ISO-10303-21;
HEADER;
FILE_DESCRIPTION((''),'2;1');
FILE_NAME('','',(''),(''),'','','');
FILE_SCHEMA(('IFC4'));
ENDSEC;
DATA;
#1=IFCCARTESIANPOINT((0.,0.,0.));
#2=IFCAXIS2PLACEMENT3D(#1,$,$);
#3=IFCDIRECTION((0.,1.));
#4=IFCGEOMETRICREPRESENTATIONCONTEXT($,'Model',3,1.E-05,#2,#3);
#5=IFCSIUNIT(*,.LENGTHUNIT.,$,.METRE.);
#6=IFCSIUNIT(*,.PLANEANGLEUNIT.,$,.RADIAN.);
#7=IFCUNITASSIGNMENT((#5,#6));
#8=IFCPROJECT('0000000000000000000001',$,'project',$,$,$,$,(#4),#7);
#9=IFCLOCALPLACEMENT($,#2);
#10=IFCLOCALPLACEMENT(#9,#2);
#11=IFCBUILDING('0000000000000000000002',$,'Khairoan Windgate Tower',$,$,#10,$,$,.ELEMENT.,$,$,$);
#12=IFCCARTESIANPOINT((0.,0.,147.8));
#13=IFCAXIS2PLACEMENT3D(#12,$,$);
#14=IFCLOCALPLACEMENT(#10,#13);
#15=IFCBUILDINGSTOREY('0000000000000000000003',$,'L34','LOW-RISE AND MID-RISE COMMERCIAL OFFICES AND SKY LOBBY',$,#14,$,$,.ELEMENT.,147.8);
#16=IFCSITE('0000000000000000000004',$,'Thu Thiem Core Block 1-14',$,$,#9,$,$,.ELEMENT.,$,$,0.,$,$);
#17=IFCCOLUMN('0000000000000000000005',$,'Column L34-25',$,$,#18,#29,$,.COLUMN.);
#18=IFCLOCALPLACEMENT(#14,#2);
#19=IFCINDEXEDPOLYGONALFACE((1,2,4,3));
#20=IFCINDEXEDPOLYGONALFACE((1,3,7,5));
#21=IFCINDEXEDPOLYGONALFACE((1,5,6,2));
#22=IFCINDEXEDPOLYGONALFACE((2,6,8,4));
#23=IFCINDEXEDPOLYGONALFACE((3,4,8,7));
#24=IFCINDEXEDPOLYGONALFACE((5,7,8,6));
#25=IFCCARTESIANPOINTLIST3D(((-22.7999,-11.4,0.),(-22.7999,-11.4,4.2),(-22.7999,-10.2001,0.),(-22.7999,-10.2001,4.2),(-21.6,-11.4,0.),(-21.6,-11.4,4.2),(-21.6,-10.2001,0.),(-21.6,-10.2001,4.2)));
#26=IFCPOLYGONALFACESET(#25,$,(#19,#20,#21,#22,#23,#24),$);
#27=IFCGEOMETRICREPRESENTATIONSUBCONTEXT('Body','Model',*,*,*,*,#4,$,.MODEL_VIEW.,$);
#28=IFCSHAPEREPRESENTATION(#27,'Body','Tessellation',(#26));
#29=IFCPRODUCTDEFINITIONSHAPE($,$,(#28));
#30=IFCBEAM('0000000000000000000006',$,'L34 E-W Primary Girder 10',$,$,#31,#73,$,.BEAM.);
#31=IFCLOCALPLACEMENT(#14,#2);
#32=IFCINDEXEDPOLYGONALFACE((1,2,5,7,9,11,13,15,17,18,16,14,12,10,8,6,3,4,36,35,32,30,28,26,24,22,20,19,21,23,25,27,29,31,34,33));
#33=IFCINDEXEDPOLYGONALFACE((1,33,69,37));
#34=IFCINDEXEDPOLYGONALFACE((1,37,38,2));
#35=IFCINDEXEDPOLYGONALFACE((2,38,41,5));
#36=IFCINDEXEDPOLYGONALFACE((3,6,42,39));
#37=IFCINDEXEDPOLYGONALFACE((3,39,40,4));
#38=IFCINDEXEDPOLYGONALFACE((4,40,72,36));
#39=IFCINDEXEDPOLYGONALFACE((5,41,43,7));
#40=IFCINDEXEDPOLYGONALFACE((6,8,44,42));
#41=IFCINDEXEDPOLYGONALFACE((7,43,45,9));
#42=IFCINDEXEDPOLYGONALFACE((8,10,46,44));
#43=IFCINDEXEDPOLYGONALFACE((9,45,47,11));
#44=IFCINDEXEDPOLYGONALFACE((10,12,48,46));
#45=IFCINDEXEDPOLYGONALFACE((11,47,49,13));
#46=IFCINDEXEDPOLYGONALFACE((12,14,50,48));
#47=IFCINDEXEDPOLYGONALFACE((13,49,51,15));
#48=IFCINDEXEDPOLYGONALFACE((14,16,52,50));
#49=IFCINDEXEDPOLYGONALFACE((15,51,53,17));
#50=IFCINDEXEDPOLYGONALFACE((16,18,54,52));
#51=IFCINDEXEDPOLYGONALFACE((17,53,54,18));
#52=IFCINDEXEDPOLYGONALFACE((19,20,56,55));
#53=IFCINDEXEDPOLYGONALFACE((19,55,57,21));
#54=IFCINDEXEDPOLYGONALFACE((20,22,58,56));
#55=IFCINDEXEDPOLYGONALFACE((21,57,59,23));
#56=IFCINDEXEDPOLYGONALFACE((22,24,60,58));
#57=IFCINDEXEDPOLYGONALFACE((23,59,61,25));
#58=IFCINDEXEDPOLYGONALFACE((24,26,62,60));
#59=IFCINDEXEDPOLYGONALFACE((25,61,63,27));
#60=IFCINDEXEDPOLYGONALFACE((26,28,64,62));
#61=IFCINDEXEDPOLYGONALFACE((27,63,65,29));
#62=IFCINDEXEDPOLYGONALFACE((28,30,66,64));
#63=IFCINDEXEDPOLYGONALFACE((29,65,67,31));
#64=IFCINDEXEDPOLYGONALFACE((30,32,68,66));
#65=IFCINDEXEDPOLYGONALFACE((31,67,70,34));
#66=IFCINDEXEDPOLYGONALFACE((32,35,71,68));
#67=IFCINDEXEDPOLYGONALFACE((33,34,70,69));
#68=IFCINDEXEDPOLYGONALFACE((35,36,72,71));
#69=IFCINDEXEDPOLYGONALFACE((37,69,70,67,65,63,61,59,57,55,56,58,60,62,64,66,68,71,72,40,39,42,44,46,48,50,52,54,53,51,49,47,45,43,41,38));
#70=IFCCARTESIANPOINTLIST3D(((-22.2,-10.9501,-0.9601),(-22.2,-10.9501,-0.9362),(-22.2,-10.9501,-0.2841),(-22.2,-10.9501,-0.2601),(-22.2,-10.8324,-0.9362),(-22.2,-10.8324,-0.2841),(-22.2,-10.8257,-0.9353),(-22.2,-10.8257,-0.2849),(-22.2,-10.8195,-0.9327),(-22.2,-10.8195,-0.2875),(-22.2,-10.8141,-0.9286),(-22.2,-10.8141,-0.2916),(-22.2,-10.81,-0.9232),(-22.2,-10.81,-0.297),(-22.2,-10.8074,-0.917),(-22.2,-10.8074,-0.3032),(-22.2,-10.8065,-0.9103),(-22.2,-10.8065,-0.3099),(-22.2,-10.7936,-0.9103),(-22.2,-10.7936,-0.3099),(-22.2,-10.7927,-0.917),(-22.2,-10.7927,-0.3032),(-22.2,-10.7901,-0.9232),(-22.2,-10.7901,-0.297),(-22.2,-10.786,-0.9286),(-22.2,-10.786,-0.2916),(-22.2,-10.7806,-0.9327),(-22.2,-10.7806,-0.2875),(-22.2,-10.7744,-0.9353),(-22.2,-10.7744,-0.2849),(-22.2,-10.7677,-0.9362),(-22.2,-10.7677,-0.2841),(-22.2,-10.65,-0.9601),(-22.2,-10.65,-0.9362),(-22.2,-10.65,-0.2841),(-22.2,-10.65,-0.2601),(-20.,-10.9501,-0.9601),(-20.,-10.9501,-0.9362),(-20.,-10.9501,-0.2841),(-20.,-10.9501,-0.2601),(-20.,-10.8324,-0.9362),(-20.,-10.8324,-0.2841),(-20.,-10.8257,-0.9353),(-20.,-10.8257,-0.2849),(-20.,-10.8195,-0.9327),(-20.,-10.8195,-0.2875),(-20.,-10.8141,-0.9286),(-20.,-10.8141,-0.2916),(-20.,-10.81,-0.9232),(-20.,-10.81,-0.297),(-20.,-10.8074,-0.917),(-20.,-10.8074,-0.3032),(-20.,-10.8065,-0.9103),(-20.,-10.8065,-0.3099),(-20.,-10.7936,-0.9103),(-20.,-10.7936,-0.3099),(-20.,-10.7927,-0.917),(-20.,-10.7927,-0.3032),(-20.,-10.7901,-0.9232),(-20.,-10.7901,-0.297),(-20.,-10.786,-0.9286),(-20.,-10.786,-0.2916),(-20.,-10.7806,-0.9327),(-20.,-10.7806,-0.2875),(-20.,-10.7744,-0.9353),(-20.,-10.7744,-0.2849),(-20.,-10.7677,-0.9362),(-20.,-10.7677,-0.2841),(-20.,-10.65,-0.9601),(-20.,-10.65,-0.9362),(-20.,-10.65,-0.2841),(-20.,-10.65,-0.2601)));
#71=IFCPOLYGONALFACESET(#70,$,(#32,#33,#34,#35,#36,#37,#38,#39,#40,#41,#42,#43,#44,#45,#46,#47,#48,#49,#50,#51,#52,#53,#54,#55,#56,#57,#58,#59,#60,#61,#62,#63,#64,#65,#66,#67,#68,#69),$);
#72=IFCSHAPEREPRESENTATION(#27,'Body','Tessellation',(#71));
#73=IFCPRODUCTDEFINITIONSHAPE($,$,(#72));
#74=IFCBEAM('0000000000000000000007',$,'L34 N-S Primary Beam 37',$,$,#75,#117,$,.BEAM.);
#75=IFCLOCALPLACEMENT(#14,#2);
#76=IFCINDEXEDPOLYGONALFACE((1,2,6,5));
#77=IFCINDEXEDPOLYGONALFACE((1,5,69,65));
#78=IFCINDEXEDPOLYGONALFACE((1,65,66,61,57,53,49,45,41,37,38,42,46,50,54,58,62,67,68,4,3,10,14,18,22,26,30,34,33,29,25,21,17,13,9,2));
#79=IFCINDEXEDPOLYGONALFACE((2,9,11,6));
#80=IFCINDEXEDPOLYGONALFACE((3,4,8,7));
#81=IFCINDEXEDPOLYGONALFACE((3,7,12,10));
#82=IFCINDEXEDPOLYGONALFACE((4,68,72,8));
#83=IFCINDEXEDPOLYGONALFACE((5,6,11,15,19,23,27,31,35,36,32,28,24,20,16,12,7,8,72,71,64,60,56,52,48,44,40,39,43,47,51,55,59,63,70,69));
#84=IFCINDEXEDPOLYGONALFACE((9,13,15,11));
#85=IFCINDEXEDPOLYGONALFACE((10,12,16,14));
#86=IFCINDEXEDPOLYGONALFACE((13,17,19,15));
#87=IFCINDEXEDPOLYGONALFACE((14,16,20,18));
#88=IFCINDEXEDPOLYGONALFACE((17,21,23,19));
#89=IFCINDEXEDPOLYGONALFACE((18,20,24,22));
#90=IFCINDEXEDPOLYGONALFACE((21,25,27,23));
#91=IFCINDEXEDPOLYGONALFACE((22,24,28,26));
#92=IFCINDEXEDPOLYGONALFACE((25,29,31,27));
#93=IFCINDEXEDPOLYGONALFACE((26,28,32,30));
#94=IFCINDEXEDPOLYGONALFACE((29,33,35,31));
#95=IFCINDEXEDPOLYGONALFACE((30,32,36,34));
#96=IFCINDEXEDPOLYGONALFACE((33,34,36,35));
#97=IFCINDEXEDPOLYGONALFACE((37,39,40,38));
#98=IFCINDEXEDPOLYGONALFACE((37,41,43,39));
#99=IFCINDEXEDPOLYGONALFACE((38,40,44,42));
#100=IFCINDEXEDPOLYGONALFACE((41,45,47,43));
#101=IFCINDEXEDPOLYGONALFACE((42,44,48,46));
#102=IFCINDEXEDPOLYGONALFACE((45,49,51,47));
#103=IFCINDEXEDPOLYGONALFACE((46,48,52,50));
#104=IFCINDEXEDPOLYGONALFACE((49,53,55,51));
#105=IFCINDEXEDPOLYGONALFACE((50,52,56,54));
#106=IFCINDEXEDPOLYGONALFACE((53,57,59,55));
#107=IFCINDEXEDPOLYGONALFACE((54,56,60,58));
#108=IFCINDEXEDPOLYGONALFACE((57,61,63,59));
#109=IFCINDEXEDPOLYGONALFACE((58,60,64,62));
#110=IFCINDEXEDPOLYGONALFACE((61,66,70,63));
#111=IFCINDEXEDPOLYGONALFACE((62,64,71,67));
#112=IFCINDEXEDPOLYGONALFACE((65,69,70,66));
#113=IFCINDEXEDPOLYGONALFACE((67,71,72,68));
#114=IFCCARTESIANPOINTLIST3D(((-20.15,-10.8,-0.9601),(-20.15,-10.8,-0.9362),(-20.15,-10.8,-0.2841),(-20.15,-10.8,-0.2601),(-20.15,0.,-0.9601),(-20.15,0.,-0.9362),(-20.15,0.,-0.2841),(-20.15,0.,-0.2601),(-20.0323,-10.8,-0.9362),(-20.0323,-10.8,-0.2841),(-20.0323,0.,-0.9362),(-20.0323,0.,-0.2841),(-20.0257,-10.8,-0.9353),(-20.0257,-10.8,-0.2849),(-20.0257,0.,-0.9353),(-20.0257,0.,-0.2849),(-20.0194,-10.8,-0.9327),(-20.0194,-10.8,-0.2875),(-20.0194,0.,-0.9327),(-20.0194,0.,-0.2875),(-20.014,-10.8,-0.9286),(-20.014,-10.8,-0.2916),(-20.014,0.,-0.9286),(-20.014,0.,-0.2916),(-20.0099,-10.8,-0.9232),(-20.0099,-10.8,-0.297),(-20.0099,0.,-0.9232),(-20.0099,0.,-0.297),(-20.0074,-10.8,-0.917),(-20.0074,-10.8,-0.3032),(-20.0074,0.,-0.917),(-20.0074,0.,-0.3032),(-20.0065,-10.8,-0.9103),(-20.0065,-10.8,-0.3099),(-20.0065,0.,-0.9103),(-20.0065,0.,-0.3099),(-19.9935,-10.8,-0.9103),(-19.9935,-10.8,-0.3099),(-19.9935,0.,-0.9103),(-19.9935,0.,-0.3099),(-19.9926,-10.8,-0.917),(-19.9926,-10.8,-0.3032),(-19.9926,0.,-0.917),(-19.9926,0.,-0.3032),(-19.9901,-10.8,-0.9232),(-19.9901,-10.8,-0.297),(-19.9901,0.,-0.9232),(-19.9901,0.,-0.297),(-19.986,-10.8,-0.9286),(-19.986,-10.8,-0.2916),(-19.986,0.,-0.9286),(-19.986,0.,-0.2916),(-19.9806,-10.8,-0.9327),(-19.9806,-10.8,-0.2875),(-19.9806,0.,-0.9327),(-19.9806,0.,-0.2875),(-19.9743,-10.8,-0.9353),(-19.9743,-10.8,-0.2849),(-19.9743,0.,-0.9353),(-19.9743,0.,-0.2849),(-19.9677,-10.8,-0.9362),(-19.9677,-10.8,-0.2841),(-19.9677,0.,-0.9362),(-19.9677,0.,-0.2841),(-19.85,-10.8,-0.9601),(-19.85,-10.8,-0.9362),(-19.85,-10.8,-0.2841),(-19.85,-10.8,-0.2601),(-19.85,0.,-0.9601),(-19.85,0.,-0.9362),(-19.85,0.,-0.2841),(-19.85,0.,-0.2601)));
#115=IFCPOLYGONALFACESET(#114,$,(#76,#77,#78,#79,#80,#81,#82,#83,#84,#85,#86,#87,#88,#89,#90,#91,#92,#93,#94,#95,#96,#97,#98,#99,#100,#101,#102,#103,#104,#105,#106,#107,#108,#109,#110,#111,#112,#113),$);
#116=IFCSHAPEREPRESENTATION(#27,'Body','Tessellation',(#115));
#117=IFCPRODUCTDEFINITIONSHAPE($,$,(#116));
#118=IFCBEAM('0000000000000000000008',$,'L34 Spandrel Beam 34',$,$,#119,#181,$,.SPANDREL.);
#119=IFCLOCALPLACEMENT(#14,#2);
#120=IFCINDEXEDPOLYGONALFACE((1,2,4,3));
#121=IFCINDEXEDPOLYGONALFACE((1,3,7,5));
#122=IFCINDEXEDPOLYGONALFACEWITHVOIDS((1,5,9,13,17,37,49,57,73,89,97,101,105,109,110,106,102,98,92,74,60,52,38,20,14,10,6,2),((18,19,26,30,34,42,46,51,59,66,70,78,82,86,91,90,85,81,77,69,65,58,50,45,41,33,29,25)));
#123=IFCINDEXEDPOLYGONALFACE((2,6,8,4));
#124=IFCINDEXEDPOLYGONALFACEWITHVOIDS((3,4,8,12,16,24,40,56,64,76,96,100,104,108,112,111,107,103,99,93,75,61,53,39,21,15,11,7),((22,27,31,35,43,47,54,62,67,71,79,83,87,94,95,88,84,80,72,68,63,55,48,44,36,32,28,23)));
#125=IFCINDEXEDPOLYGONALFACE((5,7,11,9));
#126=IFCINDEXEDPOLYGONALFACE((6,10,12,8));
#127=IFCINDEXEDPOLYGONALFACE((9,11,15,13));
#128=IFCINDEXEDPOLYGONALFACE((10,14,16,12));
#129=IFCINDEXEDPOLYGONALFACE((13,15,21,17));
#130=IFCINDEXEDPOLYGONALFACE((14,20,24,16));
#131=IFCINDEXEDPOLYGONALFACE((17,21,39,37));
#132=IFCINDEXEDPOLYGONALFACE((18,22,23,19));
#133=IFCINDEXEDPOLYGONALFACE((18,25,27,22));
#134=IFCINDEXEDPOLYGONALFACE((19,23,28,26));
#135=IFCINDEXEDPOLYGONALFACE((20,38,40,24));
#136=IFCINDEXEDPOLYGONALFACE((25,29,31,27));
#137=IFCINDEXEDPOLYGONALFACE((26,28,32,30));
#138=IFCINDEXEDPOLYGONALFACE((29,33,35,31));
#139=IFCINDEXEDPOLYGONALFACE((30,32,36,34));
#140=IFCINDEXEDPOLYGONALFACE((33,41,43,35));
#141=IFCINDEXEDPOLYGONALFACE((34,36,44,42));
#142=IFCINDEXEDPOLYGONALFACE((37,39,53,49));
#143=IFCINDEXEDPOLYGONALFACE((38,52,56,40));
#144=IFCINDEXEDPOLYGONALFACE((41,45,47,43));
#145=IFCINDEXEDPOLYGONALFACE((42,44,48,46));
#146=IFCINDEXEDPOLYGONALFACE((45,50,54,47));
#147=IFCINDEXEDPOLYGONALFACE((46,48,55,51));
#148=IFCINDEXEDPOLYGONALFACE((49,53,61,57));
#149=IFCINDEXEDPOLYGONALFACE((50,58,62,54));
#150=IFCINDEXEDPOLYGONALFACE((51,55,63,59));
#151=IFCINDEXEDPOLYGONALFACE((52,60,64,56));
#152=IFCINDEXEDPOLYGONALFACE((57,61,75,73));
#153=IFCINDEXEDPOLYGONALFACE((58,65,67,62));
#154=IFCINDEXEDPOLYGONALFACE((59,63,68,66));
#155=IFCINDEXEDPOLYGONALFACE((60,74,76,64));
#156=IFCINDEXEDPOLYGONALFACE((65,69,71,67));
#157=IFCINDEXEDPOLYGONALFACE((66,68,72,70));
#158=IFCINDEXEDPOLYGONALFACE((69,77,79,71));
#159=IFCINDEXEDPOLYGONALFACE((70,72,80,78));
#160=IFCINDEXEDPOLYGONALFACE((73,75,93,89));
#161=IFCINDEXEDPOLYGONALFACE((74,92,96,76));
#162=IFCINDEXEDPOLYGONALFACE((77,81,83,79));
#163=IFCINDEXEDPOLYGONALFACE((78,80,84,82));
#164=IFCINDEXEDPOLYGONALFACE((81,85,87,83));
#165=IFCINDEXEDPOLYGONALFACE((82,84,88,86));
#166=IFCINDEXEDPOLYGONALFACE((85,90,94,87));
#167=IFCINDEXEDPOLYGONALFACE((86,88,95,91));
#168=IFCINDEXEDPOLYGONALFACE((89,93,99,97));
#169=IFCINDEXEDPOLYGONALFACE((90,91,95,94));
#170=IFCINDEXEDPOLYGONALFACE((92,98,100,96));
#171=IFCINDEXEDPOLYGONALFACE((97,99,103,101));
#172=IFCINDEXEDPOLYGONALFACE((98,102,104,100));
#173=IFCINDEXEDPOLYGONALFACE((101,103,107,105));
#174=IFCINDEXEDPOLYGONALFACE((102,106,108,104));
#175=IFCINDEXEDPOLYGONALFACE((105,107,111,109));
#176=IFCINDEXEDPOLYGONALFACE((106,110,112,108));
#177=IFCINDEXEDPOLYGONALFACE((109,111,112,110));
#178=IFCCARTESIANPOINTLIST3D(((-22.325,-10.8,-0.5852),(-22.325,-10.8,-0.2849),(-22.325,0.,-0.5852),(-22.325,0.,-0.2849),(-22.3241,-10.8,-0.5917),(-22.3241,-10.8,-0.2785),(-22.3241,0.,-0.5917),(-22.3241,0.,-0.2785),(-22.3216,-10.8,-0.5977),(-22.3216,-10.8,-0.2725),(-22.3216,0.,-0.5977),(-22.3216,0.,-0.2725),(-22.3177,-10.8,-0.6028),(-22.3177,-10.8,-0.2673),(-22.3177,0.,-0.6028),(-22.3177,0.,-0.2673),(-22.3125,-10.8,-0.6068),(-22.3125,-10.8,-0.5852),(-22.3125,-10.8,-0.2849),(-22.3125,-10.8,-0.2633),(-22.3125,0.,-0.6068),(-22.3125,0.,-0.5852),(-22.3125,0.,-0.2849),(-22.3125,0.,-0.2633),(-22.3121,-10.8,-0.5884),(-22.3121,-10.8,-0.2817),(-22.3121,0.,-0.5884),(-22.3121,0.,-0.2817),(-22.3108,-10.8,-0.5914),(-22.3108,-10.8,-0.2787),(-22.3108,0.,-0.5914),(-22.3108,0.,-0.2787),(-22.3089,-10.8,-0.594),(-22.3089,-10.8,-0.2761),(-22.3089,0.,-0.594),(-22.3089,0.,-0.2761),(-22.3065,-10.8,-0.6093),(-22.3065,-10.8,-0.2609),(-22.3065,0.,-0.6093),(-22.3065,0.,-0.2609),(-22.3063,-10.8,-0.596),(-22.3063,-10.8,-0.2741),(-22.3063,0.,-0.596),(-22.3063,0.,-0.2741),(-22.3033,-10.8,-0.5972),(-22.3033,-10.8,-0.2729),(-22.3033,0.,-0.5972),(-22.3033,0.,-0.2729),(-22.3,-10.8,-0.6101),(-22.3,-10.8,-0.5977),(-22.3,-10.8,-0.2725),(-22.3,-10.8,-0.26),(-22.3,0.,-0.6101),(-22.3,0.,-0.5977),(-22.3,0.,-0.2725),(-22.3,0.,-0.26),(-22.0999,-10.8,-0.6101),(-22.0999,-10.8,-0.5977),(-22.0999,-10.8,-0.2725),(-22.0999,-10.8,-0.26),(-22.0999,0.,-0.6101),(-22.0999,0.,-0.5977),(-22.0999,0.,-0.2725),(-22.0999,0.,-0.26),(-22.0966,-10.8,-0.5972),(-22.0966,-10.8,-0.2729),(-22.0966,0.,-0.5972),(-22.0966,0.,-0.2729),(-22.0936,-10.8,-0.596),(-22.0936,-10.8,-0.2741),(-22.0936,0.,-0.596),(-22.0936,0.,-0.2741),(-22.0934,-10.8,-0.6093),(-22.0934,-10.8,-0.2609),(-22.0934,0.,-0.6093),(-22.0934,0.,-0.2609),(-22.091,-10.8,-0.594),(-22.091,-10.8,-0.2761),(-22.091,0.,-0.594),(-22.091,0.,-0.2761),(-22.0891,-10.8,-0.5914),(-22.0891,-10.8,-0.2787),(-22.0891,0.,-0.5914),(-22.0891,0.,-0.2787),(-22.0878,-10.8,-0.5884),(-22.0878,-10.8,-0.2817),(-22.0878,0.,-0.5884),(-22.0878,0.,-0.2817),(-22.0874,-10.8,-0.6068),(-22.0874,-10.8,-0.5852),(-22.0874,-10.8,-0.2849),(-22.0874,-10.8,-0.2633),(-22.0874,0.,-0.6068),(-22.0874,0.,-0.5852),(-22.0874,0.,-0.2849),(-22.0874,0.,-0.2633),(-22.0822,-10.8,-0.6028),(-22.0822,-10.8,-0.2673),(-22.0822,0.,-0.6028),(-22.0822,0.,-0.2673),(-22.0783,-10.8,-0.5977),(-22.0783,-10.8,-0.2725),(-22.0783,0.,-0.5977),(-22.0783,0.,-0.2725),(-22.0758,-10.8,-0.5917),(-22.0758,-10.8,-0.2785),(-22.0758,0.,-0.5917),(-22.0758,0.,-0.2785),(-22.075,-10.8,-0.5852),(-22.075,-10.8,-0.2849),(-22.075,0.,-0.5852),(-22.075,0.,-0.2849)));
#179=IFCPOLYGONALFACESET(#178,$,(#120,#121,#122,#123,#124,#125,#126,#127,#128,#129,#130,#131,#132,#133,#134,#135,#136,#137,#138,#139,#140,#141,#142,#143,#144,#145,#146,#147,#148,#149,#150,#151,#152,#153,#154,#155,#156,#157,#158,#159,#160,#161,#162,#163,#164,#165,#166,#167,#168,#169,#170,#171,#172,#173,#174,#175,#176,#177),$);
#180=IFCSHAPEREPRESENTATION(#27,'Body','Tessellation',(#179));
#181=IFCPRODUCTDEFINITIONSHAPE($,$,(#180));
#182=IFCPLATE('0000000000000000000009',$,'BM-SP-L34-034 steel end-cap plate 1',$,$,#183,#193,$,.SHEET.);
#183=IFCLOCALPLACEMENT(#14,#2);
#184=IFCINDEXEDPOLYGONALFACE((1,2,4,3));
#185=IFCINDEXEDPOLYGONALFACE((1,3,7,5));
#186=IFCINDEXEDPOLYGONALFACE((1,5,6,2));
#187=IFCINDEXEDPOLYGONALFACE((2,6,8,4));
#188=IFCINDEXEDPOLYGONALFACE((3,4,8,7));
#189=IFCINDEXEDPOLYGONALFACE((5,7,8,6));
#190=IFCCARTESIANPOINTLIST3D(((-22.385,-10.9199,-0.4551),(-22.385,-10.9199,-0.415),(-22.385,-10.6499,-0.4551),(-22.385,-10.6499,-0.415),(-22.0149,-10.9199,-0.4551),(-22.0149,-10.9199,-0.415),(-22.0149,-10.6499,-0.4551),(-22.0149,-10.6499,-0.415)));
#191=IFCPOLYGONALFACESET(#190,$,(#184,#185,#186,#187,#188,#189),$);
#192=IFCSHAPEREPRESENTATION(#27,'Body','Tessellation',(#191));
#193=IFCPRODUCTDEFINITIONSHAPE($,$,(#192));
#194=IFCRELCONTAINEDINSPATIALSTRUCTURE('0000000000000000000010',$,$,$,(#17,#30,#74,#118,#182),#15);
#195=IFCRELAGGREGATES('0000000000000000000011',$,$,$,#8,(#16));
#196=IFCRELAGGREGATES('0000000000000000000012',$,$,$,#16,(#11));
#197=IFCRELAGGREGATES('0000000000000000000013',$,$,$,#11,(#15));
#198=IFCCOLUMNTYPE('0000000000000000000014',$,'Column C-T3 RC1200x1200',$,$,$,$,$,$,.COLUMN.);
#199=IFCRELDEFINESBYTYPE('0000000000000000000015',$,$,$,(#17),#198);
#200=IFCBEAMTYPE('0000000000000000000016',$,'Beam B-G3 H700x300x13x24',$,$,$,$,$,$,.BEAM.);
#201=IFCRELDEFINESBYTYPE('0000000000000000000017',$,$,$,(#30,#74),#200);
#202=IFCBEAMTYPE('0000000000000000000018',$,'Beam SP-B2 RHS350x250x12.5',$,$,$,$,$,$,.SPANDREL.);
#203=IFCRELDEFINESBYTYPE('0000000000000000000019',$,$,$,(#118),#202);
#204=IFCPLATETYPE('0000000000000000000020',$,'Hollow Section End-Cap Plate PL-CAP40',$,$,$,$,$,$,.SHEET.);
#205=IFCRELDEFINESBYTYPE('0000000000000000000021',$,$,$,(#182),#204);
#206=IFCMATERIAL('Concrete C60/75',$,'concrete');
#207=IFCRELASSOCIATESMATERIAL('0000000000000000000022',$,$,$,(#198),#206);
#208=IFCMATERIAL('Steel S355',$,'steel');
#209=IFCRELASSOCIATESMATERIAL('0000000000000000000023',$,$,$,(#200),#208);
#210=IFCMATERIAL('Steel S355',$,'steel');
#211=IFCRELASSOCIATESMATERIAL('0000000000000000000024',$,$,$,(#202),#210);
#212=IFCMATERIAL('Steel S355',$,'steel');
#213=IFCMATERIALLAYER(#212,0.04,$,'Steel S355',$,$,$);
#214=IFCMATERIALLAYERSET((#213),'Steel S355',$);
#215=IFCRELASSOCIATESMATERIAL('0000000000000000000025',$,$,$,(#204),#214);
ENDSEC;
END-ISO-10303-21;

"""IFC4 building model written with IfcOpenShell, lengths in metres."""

from ifc_helpers import new_model, si_unit, direction, frame, origin, origin_2d, place, context, subcontext, project, spatial, rectangle, hollow_rectangle, i_section, extrude, material, layer, layer_set, material_profile, profile_set, type_object, element, save


model = new_model("IFC4")

# Units and contexts
model_context = context("Model", 3, precision=1e-05, world=origin(), true_north=direction((0.0, 1.0)))
body_context = subcontext(model_context, "Body", "Model", "MODEL_VIEW")
ifc_project = project(units=[si_unit("LENGTHUNIT", "METRE"), si_unit("PLANEANGLEUNIT", "RADIAN")], contexts=[model_context])

# Site, building, storey
site_placement = place(None, origin())
site = spatial("IfcSite", under=ifc_project, at=site_placement, Name="Thu Thiem Core Block 1-14", CompositionType="ELEMENT", RefElevation=0.0)
building_placement = place(site_placement, origin())
building = spatial("IfcBuilding", under=site, at=building_placement, Name="Khairoan Windgate Tower", CompositionType="ELEMENT")
storey_placement = place(building_placement, frame((0.0, 0.0, 147.8)))
storey = spatial("IfcBuildingStorey", under=building, at=storey_placement, Name="L34", Description="LOW-RISE AND MID-RISE COMMERCIAL OFFICES AND SKY LOBBY", CompositionType="ELEMENT", Elevation=147.8)

# Column
ifc_material_1 = material(Name="Concrete C60/75", Category="concrete")
ifc_material_profile_1 = material_profile(ifc_material_1, rectangle(XDim=1.2, YDim=1.2, at=origin_2d()))
ifc_profile_set_1 = profile_set([ifc_material_profile_1], Name="Concrete C60/75")
column_type = type_object("IfcColumnType", Name="Column C-T3 RC1200x1200", PredefinedType="COLUMN", material=ifc_profile_set_1)
column_placement = place(storey_placement, frame((-22.2, -10.8, 0.0), z_axis=(0.0, 0.0, 1.0), x_axis=(1.0, 0.0, 0.0)))
element("IfcColumn", 1, at=column_placement, inside=storey, type_object=column_type, Name="Column L34-25", PredefinedType="COLUMN", context=body_context, shape_type="SweptSolid", body=[
    extrude(rectangle(XDim=1.2, YDim=1.2, at=origin_2d()), origin(), (0.0, 0.0, 1.0), 4.2),
])

# Beams
ifc_material_2 = material(Name="Steel S355", Category="steel")
ifc_material_profile_2 = material_profile(ifc_material_2, i_section(OverallWidth=0.3, OverallDepth=0.7, WebThickness=0.0129, FlangeThickness=0.0239, FilletRadius=0.0259, at=origin_2d()))
ifc_profile_set_2 = profile_set([ifc_material_profile_2], Name="Steel S355")
beam_type_1 = type_object("IfcBeamType", Name="Beam B-G3 H700x300x13x24", PredefinedType="BEAM", material=ifc_profile_set_2)
beam_1_placement = place(storey_placement, frame((-22.2, -10.8, -0.6101), z_axis=(1.0, 0.0, 0.0), x_axis=(0.0, 1.0, 0.0)))
element("IfcBeam", 2, at=beam_1_placement, inside=storey, type_object=beam_type_1, Name="L34 E-W Primary Girder 10", PredefinedType="BEAM", context=body_context, shape_type="SweptSolid", body=[
    extrude(i_section(OverallWidth=0.3, OverallDepth=0.7, WebThickness=0.0129, FlangeThickness=0.0239, FilletRadius=0.0259, at=origin_2d()), origin(), (0.0, 0.0, 1.0), 2.2),
])
beam_2_placement = place(storey_placement, frame((-20.0, -10.8, -0.6101), z_axis=(0.0, 1.0, 0.0), x_axis=(-1.0, 0.0, 0.0)))
element("IfcBeam", 3, at=beam_2_placement, inside=storey, type_object=beam_type_1, Name="L34 N-S Primary Beam 37", PredefinedType="BEAM", context=body_context, shape_type="SweptSolid", body=[
    extrude(i_section(OverallWidth=0.3, OverallDepth=0.7, WebThickness=0.0129, FlangeThickness=0.0239, FilletRadius=0.0259, at=origin_2d()), origin(), (0.0, 0.0, 1.0), 10.8),
])
ifc_material_3 = material(Name="Steel S355", Category="steel")
ifc_material_profile_3 = material_profile(ifc_material_3, hollow_rectangle(XDim=0.25, YDim=0.3501, WallThickness=0.0125, InnerFilletRadius=0.0125, OuterFilletRadius=0.0249, at=origin_2d()))
ifc_profile_set_3 = profile_set([ifc_material_profile_3], Name="Steel S355")
beam_type_2 = type_object("IfcBeamType", Name="Beam SP-B2 RHS350x250x12.5", PredefinedType="SPANDREL", material=ifc_profile_set_3)
beam_3_placement = place(storey_placement, frame((-22.2, -10.8, -0.4351), z_axis=(0.0, 1.0, 0.0), x_axis=(-1.0, 0.0, 0.0)))
element("IfcBeam", 4, at=beam_3_placement, inside=storey, type_object=beam_type_2, Name="L34 Spandrel Beam 34", PredefinedType="SPANDREL", context=body_context, shape_type="SweptSolid", body=[
    extrude(hollow_rectangle(XDim=0.25, YDim=0.3501, WallThickness=0.0125, InnerFilletRadius=0.0125, OuterFilletRadius=0.0249, at=origin_2d()), origin(), (0.0, 0.0, 1.0), 10.8),
])

# Plate
ifc_material_4 = material(Name="Steel S355", Category="steel")
ifc_layer_1 = layer(ifc_material_4, 0.04, Name="Steel S355")
ifc_layer_set_1 = layer_set([ifc_layer_1], Name="Steel S355")
plate_type_1 = type_object("IfcPlateType", Name="Hollow Section End-Cap Plate PL-CAP40", PredefinedType="SHEET", material=ifc_layer_set_1)
plate_1_placement = place(storey_placement, frame((-22.2, -10.7849, -0.4551), z_axis=(0.0, 0.0, 1.0), x_axis=(0.0, 1.0, 0.0)))
element("IfcPlate", 5, at=plate_1_placement, inside=storey, type_object=plate_type_1, Name="BM-SP-L34-034 steel end-cap plate 1", PredefinedType="SHEET", context=body_context, shape_type="SweptSolid", body=[
    extrude(rectangle(XDim=0.27, YDim=0.3701, at=origin_2d()), origin(), (0.0, 0.0, 1.0), 0.04),
])

save(model, "model.ifc")
